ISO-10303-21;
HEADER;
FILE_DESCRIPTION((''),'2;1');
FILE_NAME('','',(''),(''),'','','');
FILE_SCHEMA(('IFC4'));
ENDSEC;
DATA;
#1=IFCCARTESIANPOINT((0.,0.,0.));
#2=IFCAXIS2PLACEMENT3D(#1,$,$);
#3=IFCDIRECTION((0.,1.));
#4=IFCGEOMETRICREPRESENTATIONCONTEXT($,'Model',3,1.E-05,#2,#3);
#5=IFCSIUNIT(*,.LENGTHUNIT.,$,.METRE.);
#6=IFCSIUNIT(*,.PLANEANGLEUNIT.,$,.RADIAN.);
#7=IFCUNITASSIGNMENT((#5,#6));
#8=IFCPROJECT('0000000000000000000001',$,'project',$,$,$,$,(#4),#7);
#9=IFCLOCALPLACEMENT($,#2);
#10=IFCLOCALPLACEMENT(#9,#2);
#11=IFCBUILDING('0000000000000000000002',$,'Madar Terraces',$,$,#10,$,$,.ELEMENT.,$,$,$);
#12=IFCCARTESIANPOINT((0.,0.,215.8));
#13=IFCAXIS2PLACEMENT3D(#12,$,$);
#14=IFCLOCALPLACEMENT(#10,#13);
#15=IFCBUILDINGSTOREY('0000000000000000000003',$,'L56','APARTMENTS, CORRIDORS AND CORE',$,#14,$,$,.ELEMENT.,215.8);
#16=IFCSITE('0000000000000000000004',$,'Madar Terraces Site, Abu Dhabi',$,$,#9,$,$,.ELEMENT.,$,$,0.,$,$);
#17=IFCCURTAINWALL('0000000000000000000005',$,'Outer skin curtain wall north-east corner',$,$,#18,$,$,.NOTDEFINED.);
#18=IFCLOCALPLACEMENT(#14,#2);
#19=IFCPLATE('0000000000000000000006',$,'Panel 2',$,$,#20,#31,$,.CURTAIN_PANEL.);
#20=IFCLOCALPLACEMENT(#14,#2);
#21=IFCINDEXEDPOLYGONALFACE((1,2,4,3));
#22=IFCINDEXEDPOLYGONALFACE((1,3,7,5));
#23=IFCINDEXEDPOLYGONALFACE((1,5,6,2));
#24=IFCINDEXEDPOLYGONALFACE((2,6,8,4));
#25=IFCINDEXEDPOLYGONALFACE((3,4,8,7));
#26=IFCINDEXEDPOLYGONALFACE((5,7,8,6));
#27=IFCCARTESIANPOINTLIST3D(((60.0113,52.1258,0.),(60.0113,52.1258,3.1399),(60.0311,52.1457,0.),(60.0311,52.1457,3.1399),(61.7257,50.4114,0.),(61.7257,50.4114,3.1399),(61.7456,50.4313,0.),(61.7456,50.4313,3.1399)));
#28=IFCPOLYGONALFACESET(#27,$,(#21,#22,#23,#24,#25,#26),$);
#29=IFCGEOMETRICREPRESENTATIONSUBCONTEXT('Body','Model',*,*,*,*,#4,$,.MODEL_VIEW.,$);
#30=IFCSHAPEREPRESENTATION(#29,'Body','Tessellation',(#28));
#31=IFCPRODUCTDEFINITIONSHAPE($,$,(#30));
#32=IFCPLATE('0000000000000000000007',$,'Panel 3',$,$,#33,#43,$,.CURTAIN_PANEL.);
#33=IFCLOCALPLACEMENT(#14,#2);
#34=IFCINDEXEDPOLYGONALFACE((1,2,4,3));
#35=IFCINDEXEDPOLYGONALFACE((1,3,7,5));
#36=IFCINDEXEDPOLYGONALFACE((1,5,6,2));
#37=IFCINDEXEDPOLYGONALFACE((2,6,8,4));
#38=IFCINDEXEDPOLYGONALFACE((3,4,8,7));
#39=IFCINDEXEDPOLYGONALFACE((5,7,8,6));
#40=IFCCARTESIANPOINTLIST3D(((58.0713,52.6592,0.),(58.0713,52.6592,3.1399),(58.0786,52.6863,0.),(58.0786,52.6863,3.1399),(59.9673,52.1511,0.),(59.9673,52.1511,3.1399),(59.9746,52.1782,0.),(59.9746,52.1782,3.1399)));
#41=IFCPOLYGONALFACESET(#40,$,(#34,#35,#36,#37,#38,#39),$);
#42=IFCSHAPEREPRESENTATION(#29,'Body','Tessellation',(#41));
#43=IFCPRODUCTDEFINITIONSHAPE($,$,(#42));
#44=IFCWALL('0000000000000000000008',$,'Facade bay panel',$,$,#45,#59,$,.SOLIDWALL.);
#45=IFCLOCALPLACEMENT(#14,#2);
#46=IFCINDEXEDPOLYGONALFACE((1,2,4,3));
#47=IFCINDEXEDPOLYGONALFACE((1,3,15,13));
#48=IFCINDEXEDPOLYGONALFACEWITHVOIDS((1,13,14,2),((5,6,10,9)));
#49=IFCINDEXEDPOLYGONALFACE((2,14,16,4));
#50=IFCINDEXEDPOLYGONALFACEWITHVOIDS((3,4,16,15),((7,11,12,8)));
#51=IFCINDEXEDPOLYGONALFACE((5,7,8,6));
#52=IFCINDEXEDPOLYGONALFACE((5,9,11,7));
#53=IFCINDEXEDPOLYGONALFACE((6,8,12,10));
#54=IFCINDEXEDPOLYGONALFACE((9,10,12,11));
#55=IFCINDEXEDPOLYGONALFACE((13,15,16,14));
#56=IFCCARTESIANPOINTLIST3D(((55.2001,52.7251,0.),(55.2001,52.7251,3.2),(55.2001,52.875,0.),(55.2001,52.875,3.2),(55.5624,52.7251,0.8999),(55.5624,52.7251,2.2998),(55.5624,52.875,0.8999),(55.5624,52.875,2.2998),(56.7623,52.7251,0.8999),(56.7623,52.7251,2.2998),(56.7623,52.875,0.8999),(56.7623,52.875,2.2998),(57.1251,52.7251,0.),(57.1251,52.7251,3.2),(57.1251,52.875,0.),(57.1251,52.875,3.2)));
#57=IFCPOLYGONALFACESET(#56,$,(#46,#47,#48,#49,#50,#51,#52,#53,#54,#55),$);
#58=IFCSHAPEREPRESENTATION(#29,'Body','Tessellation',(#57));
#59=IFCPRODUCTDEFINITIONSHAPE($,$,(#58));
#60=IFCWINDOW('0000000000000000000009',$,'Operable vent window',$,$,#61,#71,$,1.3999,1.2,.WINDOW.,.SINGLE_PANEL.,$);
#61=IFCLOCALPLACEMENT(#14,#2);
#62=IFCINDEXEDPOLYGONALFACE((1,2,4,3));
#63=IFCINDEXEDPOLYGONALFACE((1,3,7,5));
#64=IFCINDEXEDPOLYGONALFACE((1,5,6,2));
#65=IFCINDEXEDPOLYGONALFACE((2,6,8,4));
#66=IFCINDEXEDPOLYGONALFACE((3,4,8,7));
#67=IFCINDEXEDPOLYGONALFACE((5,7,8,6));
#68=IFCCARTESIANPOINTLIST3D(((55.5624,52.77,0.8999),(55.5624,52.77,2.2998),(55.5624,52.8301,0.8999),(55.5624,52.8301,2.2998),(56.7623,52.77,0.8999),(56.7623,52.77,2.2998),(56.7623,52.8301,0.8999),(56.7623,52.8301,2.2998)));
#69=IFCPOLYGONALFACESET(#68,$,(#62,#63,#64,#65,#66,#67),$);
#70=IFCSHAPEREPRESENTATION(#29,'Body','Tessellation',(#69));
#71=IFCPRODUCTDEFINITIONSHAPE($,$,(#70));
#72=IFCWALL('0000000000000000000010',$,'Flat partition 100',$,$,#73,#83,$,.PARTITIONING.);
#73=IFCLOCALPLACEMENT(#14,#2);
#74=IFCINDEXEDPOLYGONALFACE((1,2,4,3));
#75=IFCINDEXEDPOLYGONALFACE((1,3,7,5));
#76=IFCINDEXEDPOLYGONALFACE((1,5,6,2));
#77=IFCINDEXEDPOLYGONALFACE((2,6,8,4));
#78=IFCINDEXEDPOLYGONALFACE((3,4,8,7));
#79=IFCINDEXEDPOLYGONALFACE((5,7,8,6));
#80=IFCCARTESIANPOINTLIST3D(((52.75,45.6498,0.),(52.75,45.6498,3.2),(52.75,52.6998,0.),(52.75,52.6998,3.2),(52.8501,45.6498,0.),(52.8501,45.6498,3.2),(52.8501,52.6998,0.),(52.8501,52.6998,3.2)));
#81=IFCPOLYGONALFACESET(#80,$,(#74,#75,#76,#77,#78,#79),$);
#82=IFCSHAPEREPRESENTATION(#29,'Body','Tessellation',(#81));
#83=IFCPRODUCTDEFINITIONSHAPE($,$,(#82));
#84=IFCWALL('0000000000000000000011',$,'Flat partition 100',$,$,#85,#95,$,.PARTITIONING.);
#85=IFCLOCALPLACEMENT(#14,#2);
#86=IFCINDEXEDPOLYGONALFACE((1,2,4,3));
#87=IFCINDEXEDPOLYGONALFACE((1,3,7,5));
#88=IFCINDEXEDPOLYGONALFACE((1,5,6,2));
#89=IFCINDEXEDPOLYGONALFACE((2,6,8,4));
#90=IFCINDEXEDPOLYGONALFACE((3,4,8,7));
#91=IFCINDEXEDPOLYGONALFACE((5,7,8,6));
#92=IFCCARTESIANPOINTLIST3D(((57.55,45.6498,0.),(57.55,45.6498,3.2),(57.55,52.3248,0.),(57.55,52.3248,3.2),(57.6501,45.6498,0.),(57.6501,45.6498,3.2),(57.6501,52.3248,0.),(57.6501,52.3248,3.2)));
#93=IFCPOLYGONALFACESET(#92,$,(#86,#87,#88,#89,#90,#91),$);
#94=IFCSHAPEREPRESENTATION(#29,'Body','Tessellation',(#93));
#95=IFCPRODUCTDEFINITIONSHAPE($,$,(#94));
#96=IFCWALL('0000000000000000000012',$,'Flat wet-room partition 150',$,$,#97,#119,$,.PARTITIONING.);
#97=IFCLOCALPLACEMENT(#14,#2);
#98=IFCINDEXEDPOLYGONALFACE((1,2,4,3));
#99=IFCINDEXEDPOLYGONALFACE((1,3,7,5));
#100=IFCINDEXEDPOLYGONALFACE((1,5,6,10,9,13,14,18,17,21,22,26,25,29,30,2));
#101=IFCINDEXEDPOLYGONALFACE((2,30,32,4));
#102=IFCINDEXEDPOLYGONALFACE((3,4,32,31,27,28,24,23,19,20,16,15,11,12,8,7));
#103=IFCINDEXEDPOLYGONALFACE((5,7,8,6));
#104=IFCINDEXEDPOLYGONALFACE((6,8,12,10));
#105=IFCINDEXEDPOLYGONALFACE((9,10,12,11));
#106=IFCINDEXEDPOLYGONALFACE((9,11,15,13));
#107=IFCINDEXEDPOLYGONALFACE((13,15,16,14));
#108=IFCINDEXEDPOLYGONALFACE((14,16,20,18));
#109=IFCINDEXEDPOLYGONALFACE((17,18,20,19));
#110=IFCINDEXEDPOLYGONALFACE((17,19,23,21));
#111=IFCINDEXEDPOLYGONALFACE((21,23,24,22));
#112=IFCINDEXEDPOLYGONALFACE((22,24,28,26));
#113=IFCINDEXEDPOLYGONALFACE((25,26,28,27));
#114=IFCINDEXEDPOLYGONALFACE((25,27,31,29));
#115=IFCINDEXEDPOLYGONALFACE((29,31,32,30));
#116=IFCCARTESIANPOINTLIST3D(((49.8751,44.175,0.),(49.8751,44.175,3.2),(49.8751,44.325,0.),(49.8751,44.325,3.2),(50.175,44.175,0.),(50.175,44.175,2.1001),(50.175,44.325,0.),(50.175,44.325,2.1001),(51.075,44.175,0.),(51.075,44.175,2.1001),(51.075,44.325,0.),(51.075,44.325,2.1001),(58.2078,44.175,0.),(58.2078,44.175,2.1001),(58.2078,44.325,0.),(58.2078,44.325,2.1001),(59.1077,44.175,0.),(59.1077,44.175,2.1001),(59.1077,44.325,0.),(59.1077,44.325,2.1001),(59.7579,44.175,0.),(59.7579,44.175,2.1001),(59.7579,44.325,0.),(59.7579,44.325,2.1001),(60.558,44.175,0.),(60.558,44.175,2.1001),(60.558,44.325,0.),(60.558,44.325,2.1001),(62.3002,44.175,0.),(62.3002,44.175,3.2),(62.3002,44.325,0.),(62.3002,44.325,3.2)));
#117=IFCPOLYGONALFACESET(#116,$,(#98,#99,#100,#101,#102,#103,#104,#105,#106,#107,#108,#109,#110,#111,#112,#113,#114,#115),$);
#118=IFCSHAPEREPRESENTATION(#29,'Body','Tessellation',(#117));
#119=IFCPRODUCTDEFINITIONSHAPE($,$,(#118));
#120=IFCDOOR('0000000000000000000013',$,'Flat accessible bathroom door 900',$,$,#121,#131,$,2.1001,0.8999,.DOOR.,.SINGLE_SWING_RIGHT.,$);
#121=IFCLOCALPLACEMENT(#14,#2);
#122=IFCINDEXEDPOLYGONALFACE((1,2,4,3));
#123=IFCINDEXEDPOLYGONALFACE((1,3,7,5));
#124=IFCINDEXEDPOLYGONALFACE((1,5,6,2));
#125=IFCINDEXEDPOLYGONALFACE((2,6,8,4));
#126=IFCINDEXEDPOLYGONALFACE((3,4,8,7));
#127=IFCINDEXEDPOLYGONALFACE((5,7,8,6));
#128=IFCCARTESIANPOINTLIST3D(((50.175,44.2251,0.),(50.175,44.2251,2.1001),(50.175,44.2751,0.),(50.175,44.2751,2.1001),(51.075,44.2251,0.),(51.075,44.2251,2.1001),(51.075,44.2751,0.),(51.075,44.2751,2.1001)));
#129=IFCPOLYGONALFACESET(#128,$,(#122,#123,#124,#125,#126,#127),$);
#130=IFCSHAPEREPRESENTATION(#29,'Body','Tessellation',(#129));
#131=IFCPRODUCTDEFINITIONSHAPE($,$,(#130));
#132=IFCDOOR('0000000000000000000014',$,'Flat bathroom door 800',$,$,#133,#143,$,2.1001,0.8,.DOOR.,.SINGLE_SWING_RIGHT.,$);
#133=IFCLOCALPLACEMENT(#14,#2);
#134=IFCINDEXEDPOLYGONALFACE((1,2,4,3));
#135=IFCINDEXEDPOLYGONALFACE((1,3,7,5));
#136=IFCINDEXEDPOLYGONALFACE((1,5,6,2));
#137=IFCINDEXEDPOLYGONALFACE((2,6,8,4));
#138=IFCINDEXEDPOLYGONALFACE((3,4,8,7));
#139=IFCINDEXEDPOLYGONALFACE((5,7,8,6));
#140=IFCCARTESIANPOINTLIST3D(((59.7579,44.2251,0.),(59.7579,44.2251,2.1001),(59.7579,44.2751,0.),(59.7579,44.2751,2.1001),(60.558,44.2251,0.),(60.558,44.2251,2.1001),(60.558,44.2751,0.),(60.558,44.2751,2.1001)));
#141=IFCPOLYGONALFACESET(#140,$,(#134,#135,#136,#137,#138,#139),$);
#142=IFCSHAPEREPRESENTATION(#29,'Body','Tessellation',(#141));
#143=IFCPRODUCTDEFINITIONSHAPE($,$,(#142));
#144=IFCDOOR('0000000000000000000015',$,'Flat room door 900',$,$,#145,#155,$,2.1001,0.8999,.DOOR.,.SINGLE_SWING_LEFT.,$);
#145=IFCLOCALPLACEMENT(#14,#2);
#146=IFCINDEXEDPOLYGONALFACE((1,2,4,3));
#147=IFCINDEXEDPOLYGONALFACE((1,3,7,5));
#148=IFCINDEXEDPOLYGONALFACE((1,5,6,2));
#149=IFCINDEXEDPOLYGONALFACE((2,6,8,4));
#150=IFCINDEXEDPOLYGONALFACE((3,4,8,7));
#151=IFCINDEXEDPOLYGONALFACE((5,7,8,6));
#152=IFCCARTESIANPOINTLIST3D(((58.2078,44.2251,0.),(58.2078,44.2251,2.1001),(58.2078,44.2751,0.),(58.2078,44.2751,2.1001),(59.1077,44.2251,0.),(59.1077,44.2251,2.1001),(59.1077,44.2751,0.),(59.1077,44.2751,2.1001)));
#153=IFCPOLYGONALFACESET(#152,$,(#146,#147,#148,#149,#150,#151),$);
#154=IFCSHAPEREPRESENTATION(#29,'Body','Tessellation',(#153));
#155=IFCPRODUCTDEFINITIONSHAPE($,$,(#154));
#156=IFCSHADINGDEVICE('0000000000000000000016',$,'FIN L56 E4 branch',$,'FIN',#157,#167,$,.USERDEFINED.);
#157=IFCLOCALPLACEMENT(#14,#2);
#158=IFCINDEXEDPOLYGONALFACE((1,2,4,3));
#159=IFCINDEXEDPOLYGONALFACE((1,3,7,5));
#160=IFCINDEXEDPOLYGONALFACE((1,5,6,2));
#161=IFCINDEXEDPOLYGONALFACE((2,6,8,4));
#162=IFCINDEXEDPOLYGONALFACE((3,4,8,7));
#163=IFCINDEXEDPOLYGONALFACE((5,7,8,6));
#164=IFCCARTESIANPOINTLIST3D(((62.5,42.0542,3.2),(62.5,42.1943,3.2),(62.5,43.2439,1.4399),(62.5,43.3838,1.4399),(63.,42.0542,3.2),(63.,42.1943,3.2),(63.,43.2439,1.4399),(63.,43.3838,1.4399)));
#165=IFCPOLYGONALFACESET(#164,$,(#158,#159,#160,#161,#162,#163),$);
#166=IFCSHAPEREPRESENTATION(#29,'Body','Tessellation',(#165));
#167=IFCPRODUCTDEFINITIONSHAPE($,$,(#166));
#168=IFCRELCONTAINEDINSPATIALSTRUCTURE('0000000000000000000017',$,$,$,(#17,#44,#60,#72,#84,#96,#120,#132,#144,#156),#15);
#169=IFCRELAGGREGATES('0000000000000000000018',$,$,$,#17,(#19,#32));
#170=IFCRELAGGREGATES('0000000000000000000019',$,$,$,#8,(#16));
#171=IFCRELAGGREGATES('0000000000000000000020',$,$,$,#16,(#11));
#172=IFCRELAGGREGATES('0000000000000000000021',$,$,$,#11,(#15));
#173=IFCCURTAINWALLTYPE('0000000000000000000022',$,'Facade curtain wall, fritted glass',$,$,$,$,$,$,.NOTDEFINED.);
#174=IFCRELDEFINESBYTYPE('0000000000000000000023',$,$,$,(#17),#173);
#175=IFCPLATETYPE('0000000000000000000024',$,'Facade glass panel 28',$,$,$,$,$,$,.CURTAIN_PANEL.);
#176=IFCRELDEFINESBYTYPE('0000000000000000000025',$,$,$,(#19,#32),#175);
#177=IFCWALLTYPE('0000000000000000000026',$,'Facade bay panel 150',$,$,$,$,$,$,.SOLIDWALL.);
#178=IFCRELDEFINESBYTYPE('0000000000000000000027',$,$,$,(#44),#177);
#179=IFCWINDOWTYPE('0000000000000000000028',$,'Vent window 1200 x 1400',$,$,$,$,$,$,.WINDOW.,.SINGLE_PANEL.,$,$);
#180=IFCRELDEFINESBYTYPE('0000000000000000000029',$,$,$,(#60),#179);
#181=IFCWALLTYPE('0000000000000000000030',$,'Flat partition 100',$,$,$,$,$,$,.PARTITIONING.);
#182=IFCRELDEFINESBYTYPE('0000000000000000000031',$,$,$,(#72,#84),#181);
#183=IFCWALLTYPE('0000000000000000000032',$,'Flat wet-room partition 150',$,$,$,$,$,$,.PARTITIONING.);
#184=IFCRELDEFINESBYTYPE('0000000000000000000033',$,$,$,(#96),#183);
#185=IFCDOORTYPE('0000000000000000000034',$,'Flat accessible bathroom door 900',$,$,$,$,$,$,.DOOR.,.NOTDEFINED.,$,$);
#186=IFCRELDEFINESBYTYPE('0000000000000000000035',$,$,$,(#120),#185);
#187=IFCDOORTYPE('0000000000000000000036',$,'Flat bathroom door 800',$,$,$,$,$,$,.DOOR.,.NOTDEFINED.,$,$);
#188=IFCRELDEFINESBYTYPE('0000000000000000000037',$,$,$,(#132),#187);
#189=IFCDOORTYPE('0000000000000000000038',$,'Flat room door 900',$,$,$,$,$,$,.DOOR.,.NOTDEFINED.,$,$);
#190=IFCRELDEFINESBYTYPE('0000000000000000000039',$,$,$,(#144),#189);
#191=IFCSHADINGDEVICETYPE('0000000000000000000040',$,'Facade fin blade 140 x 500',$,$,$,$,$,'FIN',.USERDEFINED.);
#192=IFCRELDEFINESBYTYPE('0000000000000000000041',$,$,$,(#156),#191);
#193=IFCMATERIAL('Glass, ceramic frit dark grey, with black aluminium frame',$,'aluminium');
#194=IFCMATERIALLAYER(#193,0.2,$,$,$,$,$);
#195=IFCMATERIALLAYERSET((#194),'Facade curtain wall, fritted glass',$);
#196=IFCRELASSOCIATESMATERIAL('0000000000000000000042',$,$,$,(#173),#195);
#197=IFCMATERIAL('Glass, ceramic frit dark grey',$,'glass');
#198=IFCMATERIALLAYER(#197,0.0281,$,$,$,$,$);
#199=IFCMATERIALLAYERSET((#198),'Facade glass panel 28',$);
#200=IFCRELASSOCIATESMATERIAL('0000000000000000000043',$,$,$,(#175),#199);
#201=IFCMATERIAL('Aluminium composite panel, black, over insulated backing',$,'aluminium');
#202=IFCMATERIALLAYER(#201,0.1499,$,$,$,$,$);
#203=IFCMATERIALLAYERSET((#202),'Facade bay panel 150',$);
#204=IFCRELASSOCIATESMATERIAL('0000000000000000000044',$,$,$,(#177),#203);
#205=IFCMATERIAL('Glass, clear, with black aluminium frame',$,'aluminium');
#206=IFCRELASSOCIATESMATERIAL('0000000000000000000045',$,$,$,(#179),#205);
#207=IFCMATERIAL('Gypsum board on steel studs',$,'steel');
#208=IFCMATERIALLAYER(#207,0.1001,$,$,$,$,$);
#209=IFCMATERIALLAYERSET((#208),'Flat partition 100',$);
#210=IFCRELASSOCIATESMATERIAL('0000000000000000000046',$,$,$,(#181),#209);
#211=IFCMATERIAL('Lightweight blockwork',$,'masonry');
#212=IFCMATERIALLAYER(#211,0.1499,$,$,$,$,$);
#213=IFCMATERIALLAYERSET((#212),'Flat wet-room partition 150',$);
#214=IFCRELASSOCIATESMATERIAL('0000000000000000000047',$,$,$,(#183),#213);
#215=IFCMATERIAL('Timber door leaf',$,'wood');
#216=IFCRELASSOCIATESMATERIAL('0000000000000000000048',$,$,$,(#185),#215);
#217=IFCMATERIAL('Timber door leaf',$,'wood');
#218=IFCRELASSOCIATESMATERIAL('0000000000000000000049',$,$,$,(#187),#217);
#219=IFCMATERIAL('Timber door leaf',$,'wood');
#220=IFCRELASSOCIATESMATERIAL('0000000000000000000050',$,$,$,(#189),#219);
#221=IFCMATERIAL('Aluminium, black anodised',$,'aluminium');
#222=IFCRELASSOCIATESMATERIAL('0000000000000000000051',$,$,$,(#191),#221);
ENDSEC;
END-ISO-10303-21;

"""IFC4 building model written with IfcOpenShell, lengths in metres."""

from ifc_helpers import new_model, si_unit, direction, frame, frame_2d, origin, origin_2d, place, context, subcontext, project, spatial, polyline, rectangle, outline, extrude, material, layer, layer_set, type_object, element, fill, aggregate, save


model = new_model("IFC4")

# Units and contexts
model_context = context("Model", 3, precision=1e-05, world=origin(), true_north=direction((0.0, 1.0)))
body_context = subcontext(model_context, "Body", "Model", "MODEL_VIEW")
ifc_project = project(units=[si_unit("LENGTHUNIT", "METRE"), si_unit("PLANEANGLEUNIT", "RADIAN")], contexts=[model_context])

# Site, building, storey
site_placement = place(None, origin())
site = spatial("IfcSite", under=ifc_project, at=site_placement, Name="Madar Terraces Site, Abu Dhabi", CompositionType="ELEMENT", RefElevation=0.0)
building_placement = place(site_placement, origin())
building = spatial("IfcBuilding", under=site, at=building_placement, Name="Madar Terraces", CompositionType="ELEMENT")
storey_placement = place(building_placement, frame((0.0, 0.0, 215.8)))
storey = spatial("IfcBuildingStorey", under=building, at=storey_placement, Name="L56", Description="APARTMENTS, CORRIDORS AND CORE", CompositionType="ELEMENT", Elevation=215.8)

# Shared definitions
ifc_material_1 = material(Name="Glass, ceramic frit dark grey, with black aluminium frame", Category="aluminium")
ifc_layer_1 = layer(ifc_material_1, 0.2)
ifc_layer_set_1 = layer_set([ifc_layer_1], Name="Facade curtain wall, fritted glass")
curtain_wall_type = type_object("IfcCurtainWallType", Name="Facade curtain wall, fritted glass", PredefinedType="NOTDEFINED", material=ifc_layer_set_1)

# Curtain wall
curtain_wall_1_placement = place(storey_placement, origin())
curtain_wall_1 = element("IfcCurtainWall", 1, at=curtain_wall_1_placement, inside=storey, type_object=curtain_wall_type, Name="Outer skin curtain wall north-east corner", PredefinedType="NOTDEFINED")

# Plates
ifc_material_2 = material(Name="Glass, ceramic frit dark grey", Category="glass")
ifc_layer_2 = layer(ifc_material_2, 0.0281)
ifc_layer_set_2 = layer_set([ifc_layer_2], Name="Facade glass panel 28")
plate_type = type_object("IfcPlateType", Name="Facade glass panel 28", PredefinedType="CURTAIN_PANEL", material=ifc_layer_set_2)
plate_1_placement = place(storey_placement, frame((60.8784, 51.2786, 0.0), z_axis=(0.0, 0.0, 1.0), x_axis=(-0.707107, 0.707107, 0.0)))
plate_1 = element("IfcPlate", 2, at=plate_1_placement, type_object=plate_type, Name="Panel 2", PredefinedType="CURTAIN_PANEL", context=body_context, shape_type="SweptSolid", body=[
    extrude(rectangle(XDim=2.4246, YDim=0.0281, at=origin_2d()), origin(), (0.0, 0.0, 1.0), 3.1399),
])
plate_2_placement = place(storey_placement, frame((59.0229, 52.4187, 0.0), z_axis=(0.0, 0.0, 1.0), x_axis=(-0.965926, 0.258819, 0.0)))
plate_2 = element("IfcPlate", 3, at=plate_2_placement, type_object=plate_type, Name="Panel 3", PredefinedType="CURTAIN_PANEL", context=body_context, shape_type="SweptSolid", body=[
    extrude(rectangle(XDim=1.9629, YDim=0.0281, at=origin_2d()), origin(), (0.0, 0.0, 1.0), 3.1399),
])
aggregate(curtain_wall_1, [plate_1, plate_2])

# Wall, opening, window
ifc_material_3 = material(Name="Aluminium composite panel, black, over insulated backing", Category="aluminium")
ifc_layer_3 = layer(ifc_material_3, 0.1499)
ifc_layer_set_3 = layer_set([ifc_layer_3], Name="Facade bay panel 150")
wall_type_1 = type_object("IfcWallType", Name="Facade bay panel 150", PredefinedType="SOLIDWALL", material=ifc_layer_set_3)
wall_1_placement = place(storey_placement, frame((57.125, 52.8, 0.0), z_axis=(0.0, 0.0, 1.0), x_axis=(-1.0, 0.0, 0.0)))
wall_1 = element("IfcWall", 4, at=wall_1_placement, inside=storey, type_object=wall_type_1, Name="Facade bay panel", PredefinedType="SOLIDWALL", context=body_context, shape_type="SweptSolid", body=[
    extrude(rectangle(XDim=1.925, YDim=0.1499, at=frame_2d((0.9624, 0.0))), origin(), (0.0, 0.0, 1.0), 3.2),
])
opening_1_placement = place(wall_1_placement, frame((0.3625, 0.0, 0.8999)))
opening_1 = element("IfcOpeningElement", 5, at=opening_1_placement, cuts=wall_1, PredefinedType="OPENING", context=body_context, shape_type="SweptSolid", body=[
    extrude(rectangle(XDim=1.2, YDim=1.3999, at=frame_2d((0.6001, 0.7))), frame((0.0, 0.085, 0.0), z_axis=(0.0, -1.0, 0.0), x_axis=(1.0, 0.0, 0.0)), (0.0, 0.0, 1.0), 0.1699),
])
ifc_material_4 = material(Name="Glass, clear, with black aluminium frame", Category="aluminium")
window_type = type_object("IfcWindowType", Name="Vent window 1200 x 1400", PartitioningType="SINGLE_PANEL", PredefinedType="WINDOW", material=ifc_material_4)
window_placement = place(opening_1_placement, origin())
window = element("IfcWindow", 6, at=window_placement, inside=storey, type_object=window_type, Name="Operable vent window", OverallHeight=1.3999, OverallWidth=1.2, PartitioningType="SINGLE_PANEL", PredefinedType="WINDOW", context=body_context, shape_type="SweptSolid", body=[
    extrude(rectangle(XDim=1.2, YDim=1.3999, at=frame_2d((0.6001, 0.7))), frame((0.0, 0.03, 0.0), z_axis=(0.0, -1.0, 0.0), x_axis=(1.0, 0.0, 0.0)), (0.0, 0.0, 1.0), 0.0601),
])
fill(opening_1, window)

# Walls
ifc_material_5 = material(Name="Gypsum board on steel studs", Category="steel")
ifc_layer_4 = layer(ifc_material_5, 0.1001)
ifc_layer_set_4 = layer_set([ifc_layer_4], Name="Flat partition 100")
wall_type_2 = type_object("IfcWallType", Name="Flat partition 100", PredefinedType="PARTITIONING", material=ifc_layer_set_4)
wall_2_placement = place(storey_placement, frame((52.8, 45.6499, 0.0), z_axis=(0.0, 0.0, 1.0), x_axis=(0.0, 1.0, 0.0)))
element("IfcWall", 7, at=wall_2_placement, inside=storey, type_object=wall_type_2, Name="Flat partition 100", PredefinedType="PARTITIONING", context=body_context, shape_type="SweptSolid", body=[
    extrude(rectangle(XDim=7.05, YDim=0.1001, at=frame_2d((3.5249, 0.0))), origin(), (0.0, 0.0, 1.0), 3.2),
])
wall_3_placement = place(storey_placement, frame((57.6001, 45.6499, 0.0), z_axis=(0.0, 0.0, 1.0), x_axis=(0.0, 1.0, 0.0)))
element("IfcWall", 8, at=wall_3_placement, inside=storey, type_object=wall_type_2, Name="Flat partition 100", PredefinedType="PARTITIONING", context=body_context, shape_type="SweptSolid", body=[
    extrude(rectangle(XDim=6.675, YDim=0.1001, at=frame_2d((3.3374, 0.0))), origin(), (0.0, 0.0, 1.0), 3.2),
])

# Wall, openings, doors
ifc_material_6 = material(Name="Lightweight blockwork", Category="masonry")
ifc_layer_5 = layer(ifc_material_6, 0.1499)
ifc_layer_set_5 = layer_set([ifc_layer_5], Name="Flat wet-room partition 150")
wall_type_3 = type_object("IfcWallType", Name="Flat wet-room partition 150", PredefinedType="PARTITIONING", material=ifc_layer_set_5)
wall_4_placement = place(storey_placement, frame((62.3, 44.25, 0.0), z_axis=(0.0, 0.0, 1.0), x_axis=(-1.0, 0.0, 0.0)))
wall_4 = element("IfcWall", 9, at=wall_4_placement, inside=storey, type_object=wall_type_3, Name="Flat wet-room partition 150", PredefinedType="PARTITIONING", context=body_context, shape_type="SweptSolid", body=[
    extrude(rectangle(XDim=12.425, YDim=0.1499, at=frame_2d((6.2124, 0.0))), origin(), (0.0, 0.0, 1.0), 3.2),
])
opening_2_placement = place(wall_4_placement, frame((11.2251, 0.0, 0.0)))
opening_2 = element("IfcOpeningElement", 10, at=opening_2_placement, cuts=wall_4, PredefinedType="OPENING", context=body_context, shape_type="SweptSolid", body=[
    extrude(rectangle(XDim=0.8999, YDim=2.1001, at=frame_2d((0.45, 1.05))), frame((0.0, 0.085, 0.0), z_axis=(0.0, -1.0, 0.0), x_axis=(1.0, 0.0, 0.0)), (0.0, 0.0, 1.0), 0.1699),
])
opening_3_placement = place(wall_4_placement, frame((3.1924, 0.0, 0.0)))
opening_3 = element("IfcOpeningElement", 11, at=opening_3_placement, cuts=wall_4, PredefinedType="OPENING", context=body_context, shape_type="SweptSolid", body=[
    extrude(rectangle(XDim=0.8999, YDim=2.1001, at=frame_2d((0.45, 1.05))), frame((0.0, 0.085, 0.0), z_axis=(0.0, -1.0, 0.0), x_axis=(1.0, 0.0, 0.0)), (0.0, 0.0, 1.0), 0.1699),
])
opening_4_placement = place(wall_4_placement, frame((1.7422, 0.0, 0.0)))
opening_4 = element("IfcOpeningElement", 12, at=opening_4_placement, cuts=wall_4, PredefinedType="OPENING", context=body_context, shape_type="SweptSolid", body=[
    extrude(rectangle(XDim=0.8, YDim=2.1001, at=frame_2d((0.3999, 1.05))), frame((0.0, 0.085, 0.0), z_axis=(0.0, -1.0, 0.0), x_axis=(1.0, 0.0, 0.0)), (0.0, 0.0, 1.0), 0.1699),
])
ifc_material_7 = material(Name="Timber door leaf", Category="wood")
door_type_1 = type_object("IfcDoorType", Name="Flat accessible bathroom door 900", OperationType="NOTDEFINED", PredefinedType="DOOR", material=ifc_material_7)
door_1_placement = place(opening_2_placement, origin())
door_1 = element("IfcDoor", 13, at=door_1_placement, inside=storey, type_object=door_type_1, Name="Flat accessible bathroom door 900", OperationType="SINGLE_SWING_RIGHT", OverallHeight=2.1001, OverallWidth=0.8999, PredefinedType="DOOR", context=body_context, shape_type="SweptSolid", body=[
    extrude(rectangle(XDim=0.8999, YDim=2.1001, at=frame_2d((0.45, 1.05))), frame((0.0, 0.0249, 0.0), z_axis=(0.0, -1.0, 0.0), x_axis=(1.0, 0.0, 0.0)), (0.0, 0.0, 1.0), 0.05),
])
fill(opening_2, door_1)
ifc_material_8 = material(Name="Timber door leaf", Category="wood")
door_type_2 = type_object("IfcDoorType", Name="Flat bathroom door 800", OperationType="NOTDEFINED", PredefinedType="DOOR", material=ifc_material_8)
door_2_placement = place(opening_4_placement, origin())
door_2 = element("IfcDoor", 14, at=door_2_placement, inside=storey, type_object=door_type_2, Name="Flat bathroom door 800", OperationType="SINGLE_SWING_RIGHT", OverallHeight=2.1001, OverallWidth=0.8, PredefinedType="DOOR", context=body_context, shape_type="SweptSolid", body=[
    extrude(rectangle(XDim=0.8, YDim=2.1001, at=frame_2d((0.3999, 1.05))), frame((0.0, 0.0249, 0.0), z_axis=(0.0, -1.0, 0.0), x_axis=(1.0, 0.0, 0.0)), (0.0, 0.0, 1.0), 0.05),
])
fill(opening_4, door_2)
ifc_material_9 = material(Name="Timber door leaf", Category="wood")
door_type_3 = type_object("IfcDoorType", Name="Flat room door 900", OperationType="NOTDEFINED", PredefinedType="DOOR", material=ifc_material_9)
door_3_placement = place(opening_3_placement, origin())
door_3 = element("IfcDoor", 15, at=door_3_placement, inside=storey, type_object=door_type_3, Name="Flat room door 900", OperationType="SINGLE_SWING_LEFT", OverallHeight=2.1001, OverallWidth=0.8999, PredefinedType="DOOR", context=body_context, shape_type="SweptSolid", body=[
    extrude(rectangle(XDim=0.8999, YDim=2.1001, at=frame_2d((0.45, 1.05))), frame((0.0, 0.0249, 0.0), z_axis=(0.0, -1.0, 0.0), x_axis=(1.0, 0.0, 0.0)), (0.0, 0.0, 1.0), 0.05),
])
fill(opening_3, door_3)

# Shading device
ifc_material_10 = material(Name="Aluminium, black anodised", Category="aluminium")
shading_device_type = type_object("IfcShadingDeviceType", Name="Facade fin blade 140 x 500", ElementType="FIN", PredefinedType="USERDEFINED", material=ifc_material_10)
shading_device_1_placement = place(storey_placement, frame((62.75, 43.2439, 1.4399), z_axis=(0.0, 0.0, 1.0), x_axis=(0.0, 1.0, 0.0)))
element("IfcShadingDevice", 16, at=shading_device_1_placement, inside=storey, type_object=shading_device_type, Name="FIN L56 E4 branch", ObjectType="FIN", PredefinedType="USERDEFINED", context=body_context, shape_type="SweptSolid", body=[
    extrude(outline(polyline([(0.0, 0.0), (0.1399, 0.0), (-1.0496, 1.76), (-1.1897, 1.76), (0.0, 0.0)])), frame((0.0, 0.25, 0.0), z_axis=(0.0, -1.0, 0.0), x_axis=(1.0, 0.0, 0.0)), (0.0, 0.0, 1.0), 0.5),
])

save(model, "model.ifc")
